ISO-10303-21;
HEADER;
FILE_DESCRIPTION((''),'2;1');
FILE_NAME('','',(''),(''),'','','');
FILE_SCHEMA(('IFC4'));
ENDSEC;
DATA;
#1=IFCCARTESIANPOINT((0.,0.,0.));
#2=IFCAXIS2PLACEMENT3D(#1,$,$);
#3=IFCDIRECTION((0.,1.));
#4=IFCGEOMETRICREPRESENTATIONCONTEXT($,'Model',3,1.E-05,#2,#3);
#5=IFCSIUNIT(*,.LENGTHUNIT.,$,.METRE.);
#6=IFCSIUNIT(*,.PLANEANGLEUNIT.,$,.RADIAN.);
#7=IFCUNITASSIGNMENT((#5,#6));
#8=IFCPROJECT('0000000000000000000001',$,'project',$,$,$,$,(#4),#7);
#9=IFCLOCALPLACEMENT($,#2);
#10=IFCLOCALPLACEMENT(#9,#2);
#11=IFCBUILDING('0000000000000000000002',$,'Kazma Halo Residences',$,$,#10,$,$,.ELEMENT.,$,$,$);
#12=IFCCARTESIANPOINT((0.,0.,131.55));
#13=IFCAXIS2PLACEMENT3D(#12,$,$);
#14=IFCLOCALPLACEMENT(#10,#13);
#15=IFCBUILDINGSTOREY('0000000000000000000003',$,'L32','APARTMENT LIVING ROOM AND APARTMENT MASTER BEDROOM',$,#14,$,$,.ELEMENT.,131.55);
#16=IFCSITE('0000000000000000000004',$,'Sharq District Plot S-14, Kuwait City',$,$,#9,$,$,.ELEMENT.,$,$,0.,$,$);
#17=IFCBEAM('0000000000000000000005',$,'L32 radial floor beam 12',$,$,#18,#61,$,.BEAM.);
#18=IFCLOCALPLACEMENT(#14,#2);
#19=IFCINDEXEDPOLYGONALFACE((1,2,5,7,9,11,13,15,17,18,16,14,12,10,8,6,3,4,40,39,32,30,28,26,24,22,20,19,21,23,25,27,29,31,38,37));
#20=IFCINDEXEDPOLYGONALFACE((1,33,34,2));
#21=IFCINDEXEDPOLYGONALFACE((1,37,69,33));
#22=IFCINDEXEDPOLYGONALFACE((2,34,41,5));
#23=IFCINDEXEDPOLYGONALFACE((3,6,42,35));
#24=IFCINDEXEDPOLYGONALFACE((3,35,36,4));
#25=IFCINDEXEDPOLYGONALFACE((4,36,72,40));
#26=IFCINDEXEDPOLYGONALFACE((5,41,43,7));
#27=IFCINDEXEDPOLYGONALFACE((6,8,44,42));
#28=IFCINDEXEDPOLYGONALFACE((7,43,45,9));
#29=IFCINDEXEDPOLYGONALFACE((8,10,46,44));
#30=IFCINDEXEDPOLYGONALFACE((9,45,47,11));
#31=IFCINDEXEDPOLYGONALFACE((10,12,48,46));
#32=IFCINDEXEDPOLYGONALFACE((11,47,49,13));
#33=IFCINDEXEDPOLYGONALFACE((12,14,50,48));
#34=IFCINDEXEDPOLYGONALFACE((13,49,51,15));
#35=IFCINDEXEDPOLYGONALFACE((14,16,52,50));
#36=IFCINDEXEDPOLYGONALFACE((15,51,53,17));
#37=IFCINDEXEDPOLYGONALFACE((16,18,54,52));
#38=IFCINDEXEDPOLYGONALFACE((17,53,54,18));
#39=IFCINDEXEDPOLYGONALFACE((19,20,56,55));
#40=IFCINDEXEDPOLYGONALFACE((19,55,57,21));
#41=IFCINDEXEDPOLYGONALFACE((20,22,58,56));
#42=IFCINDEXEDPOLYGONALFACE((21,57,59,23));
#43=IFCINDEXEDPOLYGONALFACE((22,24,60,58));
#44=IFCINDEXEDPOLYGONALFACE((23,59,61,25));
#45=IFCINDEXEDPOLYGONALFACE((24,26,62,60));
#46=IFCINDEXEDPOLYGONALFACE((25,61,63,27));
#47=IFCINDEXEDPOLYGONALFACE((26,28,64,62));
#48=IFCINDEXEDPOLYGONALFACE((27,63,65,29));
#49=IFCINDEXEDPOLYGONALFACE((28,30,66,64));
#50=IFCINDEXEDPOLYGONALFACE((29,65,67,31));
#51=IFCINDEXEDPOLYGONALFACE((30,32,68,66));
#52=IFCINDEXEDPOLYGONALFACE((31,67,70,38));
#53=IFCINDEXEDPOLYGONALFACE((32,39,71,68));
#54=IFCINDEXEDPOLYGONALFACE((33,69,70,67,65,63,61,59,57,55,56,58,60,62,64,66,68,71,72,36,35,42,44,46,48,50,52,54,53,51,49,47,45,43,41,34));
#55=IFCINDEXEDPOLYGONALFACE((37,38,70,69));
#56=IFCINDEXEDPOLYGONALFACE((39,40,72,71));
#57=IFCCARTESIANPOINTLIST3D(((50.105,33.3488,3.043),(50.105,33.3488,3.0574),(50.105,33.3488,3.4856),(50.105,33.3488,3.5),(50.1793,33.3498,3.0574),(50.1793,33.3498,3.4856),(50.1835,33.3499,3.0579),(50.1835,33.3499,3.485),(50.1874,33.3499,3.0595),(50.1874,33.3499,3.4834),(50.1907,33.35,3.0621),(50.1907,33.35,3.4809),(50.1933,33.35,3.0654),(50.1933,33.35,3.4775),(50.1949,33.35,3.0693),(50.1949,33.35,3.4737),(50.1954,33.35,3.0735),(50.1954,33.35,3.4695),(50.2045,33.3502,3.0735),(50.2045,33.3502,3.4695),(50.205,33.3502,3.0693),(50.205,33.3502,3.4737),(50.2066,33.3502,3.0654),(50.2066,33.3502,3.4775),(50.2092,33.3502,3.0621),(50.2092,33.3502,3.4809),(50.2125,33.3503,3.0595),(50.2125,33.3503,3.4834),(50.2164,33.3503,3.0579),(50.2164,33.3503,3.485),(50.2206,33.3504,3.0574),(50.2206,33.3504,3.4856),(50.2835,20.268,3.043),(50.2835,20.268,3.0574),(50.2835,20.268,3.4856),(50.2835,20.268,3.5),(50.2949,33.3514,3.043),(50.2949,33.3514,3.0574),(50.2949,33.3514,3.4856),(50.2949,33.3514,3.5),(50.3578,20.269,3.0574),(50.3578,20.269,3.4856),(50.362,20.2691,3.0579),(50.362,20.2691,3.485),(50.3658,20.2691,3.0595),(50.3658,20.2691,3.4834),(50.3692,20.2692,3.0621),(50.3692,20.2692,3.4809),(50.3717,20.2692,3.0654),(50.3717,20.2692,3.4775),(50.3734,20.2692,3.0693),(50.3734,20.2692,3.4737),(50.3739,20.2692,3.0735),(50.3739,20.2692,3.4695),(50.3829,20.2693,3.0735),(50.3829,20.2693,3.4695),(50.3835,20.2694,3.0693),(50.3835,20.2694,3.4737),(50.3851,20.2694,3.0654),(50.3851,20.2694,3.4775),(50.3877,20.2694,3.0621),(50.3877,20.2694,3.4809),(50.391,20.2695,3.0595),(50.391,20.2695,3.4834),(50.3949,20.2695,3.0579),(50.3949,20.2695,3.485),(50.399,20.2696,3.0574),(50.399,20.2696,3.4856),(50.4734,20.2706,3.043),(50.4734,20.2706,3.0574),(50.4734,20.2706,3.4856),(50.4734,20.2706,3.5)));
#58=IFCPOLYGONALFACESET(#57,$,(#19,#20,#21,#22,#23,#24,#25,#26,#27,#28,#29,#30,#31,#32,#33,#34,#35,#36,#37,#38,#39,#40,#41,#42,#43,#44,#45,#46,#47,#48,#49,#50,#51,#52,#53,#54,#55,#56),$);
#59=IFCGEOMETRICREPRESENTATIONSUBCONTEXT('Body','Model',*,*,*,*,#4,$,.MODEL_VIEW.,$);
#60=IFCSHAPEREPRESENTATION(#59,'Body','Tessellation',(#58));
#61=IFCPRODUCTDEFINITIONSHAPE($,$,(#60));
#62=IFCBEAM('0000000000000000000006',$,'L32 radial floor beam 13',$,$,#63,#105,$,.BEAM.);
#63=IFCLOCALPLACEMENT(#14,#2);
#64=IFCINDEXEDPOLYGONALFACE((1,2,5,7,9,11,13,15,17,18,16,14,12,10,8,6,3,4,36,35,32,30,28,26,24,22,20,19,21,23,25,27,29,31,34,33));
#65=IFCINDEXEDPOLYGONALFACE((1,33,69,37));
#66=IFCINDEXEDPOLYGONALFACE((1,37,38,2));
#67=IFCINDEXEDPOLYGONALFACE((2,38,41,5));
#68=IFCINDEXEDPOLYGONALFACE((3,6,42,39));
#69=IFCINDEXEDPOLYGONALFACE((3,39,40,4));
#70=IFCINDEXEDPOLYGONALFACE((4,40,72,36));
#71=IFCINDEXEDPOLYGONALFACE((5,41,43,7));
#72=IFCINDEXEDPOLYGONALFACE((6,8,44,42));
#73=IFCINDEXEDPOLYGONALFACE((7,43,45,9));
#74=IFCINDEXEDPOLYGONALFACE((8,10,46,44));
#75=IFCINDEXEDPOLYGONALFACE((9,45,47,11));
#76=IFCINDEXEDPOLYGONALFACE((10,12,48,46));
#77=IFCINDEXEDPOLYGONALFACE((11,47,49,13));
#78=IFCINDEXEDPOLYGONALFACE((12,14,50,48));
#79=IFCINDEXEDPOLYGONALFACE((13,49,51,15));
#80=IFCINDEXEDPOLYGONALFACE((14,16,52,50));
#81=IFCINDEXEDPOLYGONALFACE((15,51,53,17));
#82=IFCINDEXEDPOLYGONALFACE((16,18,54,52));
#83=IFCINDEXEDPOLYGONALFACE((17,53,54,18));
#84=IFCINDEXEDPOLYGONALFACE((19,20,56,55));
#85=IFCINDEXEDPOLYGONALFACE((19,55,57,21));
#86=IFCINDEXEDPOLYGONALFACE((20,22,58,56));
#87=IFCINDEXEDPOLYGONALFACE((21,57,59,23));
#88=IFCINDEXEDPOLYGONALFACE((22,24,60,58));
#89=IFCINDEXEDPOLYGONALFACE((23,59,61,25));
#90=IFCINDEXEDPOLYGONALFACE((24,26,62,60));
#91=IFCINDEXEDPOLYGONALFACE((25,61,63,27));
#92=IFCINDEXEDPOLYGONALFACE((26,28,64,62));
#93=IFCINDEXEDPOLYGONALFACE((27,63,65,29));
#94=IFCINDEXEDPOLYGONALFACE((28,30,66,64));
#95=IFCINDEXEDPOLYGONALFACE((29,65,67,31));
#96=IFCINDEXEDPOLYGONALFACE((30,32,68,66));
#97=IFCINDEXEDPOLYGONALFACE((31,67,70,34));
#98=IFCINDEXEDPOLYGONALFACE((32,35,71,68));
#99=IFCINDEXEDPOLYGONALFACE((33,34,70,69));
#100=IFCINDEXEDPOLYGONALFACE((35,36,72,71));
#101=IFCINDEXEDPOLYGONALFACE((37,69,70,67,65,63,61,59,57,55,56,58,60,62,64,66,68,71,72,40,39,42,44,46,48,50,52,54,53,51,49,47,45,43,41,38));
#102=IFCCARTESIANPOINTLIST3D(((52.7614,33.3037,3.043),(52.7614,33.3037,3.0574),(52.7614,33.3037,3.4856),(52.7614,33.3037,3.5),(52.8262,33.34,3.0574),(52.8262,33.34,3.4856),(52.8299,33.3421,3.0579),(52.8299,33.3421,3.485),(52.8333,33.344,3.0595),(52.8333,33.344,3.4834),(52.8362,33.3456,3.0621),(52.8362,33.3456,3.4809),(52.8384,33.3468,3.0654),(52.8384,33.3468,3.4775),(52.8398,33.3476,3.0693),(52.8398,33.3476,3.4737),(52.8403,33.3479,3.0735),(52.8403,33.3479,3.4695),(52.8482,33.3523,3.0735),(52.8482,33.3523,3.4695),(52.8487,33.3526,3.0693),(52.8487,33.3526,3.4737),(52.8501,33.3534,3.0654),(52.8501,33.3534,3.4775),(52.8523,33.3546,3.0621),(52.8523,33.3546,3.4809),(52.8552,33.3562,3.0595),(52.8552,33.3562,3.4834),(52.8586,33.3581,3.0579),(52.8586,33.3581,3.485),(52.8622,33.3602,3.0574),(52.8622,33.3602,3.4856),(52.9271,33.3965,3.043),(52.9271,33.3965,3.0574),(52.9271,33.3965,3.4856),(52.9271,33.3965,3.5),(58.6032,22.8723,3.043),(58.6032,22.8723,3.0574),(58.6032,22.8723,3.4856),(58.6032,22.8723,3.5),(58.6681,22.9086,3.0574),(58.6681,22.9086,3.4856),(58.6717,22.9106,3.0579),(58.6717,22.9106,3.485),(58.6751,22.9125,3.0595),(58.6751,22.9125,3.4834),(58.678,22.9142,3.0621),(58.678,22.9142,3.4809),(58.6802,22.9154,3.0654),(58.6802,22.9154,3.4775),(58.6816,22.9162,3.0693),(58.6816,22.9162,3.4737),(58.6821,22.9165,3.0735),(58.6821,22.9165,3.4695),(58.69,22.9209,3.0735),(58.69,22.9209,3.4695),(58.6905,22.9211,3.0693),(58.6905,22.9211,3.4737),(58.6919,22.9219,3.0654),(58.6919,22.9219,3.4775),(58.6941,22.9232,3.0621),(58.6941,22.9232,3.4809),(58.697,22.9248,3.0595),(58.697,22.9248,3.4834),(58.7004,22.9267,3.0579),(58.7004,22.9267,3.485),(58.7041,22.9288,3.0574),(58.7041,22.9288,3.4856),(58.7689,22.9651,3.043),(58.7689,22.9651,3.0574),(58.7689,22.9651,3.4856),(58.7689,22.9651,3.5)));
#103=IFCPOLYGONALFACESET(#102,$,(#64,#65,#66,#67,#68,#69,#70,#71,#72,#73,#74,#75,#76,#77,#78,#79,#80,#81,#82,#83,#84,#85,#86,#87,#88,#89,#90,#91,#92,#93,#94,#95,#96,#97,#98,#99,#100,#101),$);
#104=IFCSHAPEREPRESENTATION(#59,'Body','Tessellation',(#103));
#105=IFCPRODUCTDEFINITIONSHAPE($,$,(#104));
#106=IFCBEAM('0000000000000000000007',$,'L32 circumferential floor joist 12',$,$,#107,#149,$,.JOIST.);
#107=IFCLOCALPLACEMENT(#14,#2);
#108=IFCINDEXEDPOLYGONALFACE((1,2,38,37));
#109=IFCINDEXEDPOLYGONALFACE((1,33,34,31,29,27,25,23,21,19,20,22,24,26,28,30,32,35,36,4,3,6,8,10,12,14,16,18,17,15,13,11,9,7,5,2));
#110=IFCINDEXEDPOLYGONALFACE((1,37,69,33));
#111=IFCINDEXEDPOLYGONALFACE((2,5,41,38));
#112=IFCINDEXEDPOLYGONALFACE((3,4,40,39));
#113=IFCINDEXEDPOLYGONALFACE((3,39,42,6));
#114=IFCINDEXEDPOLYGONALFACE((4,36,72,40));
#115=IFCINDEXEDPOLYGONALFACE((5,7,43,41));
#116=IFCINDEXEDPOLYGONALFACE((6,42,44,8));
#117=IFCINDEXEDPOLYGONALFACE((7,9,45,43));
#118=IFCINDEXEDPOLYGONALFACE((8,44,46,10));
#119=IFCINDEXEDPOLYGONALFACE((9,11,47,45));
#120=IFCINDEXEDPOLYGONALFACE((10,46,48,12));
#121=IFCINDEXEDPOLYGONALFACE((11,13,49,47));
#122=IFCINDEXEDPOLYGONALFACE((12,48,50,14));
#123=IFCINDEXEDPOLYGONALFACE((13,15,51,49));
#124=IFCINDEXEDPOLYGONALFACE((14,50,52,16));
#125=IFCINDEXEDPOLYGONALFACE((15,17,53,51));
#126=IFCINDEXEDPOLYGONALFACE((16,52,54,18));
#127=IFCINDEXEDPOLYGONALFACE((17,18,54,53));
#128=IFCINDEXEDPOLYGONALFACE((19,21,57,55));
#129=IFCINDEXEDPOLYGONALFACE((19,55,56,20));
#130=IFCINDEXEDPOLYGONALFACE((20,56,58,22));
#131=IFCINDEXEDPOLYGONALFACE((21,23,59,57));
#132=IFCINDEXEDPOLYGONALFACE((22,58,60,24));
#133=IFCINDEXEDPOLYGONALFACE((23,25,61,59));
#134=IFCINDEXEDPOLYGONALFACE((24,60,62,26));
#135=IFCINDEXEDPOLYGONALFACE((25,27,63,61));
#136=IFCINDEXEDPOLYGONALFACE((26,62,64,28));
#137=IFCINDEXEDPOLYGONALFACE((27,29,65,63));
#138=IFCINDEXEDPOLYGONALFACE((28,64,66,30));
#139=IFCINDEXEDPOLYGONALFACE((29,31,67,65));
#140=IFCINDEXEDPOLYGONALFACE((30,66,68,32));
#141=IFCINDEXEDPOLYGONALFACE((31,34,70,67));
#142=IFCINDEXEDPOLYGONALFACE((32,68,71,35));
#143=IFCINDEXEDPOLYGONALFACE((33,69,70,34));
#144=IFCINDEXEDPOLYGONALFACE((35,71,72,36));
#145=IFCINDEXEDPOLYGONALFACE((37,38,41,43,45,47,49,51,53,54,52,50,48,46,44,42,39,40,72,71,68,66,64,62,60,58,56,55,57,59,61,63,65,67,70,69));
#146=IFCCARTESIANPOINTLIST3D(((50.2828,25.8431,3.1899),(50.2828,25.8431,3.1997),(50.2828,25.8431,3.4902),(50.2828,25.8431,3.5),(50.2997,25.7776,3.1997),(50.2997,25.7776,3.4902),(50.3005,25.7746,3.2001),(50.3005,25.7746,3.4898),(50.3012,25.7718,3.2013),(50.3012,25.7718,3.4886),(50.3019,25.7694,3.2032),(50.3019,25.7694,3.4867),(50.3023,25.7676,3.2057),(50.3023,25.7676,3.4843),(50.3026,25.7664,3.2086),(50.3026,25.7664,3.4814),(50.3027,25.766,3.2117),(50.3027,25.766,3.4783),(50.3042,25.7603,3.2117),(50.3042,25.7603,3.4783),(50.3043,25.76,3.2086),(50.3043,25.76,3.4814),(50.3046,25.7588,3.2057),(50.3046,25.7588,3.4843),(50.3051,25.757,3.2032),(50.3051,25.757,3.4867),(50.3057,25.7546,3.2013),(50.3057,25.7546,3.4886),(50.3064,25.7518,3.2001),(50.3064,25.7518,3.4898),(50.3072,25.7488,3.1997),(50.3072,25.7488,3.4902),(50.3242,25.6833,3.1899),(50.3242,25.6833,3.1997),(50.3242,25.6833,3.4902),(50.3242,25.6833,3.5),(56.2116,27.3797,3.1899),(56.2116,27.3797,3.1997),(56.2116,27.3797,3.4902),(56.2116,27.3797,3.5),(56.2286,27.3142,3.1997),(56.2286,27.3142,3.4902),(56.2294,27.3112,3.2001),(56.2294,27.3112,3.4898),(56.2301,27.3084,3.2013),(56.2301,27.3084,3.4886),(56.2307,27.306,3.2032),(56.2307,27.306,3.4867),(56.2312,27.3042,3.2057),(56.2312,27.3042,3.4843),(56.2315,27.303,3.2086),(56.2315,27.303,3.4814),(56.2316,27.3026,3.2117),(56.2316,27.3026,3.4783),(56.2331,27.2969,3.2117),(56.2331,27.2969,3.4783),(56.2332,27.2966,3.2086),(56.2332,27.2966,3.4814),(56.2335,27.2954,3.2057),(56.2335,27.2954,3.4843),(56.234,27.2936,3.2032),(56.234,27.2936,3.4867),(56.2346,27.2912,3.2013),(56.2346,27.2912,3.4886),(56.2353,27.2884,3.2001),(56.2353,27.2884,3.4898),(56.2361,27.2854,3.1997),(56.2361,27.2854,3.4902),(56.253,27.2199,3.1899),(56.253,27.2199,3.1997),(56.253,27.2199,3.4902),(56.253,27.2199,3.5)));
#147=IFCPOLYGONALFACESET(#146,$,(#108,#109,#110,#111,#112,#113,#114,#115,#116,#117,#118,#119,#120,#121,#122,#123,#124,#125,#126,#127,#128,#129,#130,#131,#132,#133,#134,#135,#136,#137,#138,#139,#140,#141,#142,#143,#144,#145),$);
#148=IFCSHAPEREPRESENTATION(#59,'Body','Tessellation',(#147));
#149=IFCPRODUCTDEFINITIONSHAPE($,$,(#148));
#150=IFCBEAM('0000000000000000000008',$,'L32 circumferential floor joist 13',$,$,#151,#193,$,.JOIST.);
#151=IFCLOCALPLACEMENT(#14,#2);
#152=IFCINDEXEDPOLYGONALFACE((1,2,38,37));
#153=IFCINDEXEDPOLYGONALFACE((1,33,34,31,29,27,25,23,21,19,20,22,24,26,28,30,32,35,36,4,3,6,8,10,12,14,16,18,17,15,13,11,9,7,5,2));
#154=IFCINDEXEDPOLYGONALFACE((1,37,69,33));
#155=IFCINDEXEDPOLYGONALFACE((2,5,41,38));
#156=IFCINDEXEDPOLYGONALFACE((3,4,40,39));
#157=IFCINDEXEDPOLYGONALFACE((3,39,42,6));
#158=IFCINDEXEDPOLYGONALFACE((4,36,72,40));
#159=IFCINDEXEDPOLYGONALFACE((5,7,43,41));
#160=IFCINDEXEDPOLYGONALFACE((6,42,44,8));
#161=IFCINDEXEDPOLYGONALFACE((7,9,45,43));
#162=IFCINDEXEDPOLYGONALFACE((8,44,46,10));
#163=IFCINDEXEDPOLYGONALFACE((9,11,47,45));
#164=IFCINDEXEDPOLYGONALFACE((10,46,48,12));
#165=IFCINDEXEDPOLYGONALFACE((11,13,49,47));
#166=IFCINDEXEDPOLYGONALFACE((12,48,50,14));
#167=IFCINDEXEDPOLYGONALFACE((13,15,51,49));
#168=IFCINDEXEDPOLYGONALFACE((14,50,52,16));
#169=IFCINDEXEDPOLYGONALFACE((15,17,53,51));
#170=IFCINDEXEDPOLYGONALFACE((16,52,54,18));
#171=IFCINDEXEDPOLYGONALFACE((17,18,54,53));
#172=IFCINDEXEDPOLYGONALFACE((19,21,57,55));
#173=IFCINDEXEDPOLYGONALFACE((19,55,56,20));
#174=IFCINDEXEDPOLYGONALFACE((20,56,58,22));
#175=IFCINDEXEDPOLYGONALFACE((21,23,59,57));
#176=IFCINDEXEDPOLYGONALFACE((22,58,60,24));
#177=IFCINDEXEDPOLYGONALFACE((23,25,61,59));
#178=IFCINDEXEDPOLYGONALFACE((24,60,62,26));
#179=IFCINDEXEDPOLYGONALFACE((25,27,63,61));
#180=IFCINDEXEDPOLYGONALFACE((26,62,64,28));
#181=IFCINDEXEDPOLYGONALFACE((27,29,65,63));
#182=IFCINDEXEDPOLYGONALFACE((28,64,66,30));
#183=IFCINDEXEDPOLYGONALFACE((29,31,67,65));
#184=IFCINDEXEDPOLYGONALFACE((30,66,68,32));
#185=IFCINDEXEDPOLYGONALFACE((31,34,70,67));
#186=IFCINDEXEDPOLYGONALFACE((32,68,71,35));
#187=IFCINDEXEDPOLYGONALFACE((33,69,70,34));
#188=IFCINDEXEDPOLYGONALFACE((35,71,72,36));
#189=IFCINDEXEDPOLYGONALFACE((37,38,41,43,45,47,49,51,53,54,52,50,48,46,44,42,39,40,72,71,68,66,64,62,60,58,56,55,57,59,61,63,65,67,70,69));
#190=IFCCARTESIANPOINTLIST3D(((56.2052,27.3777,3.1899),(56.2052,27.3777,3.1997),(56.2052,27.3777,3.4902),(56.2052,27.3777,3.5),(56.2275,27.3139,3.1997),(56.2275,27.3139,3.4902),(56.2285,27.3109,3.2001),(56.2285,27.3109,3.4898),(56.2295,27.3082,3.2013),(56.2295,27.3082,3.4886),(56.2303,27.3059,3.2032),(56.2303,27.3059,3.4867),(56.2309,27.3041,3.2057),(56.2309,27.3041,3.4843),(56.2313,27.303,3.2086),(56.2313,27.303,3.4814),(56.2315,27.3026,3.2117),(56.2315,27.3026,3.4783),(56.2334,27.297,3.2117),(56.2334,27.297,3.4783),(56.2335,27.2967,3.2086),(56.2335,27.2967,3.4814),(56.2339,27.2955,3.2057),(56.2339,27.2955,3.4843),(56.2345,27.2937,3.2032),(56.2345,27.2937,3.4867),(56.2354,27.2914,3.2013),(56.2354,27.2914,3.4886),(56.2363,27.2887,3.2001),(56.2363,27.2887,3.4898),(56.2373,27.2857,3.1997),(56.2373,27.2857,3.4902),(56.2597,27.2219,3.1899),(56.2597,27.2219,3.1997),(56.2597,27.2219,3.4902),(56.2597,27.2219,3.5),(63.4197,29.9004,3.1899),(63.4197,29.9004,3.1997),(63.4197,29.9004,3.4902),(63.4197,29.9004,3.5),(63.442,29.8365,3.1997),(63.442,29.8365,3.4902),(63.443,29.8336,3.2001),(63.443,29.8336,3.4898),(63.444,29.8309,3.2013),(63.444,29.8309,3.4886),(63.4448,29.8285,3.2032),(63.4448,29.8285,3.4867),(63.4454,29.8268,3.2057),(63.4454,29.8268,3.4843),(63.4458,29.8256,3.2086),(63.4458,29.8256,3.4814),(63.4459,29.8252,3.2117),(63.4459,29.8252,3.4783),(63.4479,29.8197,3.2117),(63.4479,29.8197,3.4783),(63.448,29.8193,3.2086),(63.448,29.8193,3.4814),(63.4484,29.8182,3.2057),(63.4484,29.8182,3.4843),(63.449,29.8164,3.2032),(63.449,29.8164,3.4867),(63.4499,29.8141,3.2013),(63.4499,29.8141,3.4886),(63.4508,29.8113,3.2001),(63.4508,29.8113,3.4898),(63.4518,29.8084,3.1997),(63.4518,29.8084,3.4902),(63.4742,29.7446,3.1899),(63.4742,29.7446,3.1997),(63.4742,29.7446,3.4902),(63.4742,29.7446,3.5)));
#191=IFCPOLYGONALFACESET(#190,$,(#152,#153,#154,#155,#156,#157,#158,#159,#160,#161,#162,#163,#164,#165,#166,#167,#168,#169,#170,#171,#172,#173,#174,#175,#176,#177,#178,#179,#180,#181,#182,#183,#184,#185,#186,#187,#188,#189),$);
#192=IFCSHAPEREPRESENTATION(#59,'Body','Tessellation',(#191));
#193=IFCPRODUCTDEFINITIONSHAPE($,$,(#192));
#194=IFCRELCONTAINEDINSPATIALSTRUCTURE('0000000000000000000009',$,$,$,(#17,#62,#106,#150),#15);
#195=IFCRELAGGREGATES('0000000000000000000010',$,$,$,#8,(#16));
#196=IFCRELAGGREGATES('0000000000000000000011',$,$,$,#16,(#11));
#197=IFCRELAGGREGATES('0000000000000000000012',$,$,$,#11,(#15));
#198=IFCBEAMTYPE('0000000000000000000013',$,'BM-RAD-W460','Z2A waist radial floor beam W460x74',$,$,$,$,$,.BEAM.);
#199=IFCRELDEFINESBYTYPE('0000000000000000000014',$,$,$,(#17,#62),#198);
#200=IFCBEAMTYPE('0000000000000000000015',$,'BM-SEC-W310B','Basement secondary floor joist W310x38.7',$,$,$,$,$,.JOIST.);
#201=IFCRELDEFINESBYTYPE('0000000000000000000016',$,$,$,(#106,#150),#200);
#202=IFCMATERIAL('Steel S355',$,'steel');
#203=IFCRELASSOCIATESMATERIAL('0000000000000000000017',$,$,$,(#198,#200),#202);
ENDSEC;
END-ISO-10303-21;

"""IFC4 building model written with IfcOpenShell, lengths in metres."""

from ifc_helpers import new_model, si_unit, direction, frame, origin, origin_2d, place, context, subcontext, project, spatial, i_section, extrude, material, material_profile, profile_set, type_object, element, save


model = new_model("IFC4")

# Units and contexts
model_context = context("Model", 3, precision=1e-05, world=origin(), true_north=direction((0.0, 1.0)))
body_context = subcontext(model_context, "Body", "Model", "MODEL_VIEW")
ifc_project = project(units=[si_unit("LENGTHUNIT", "METRE"), si_unit("PLANEANGLEUNIT", "RADIAN")], contexts=[model_context])

# Site, building, storey
site_placement = place(None, origin())
site = spatial("IfcSite", under=ifc_project, at=site_placement, Name="Sharq District Plot S-14, Kuwait City", CompositionType="ELEMENT", RefElevation=0.0)
building_placement = place(site_placement, origin())
building = spatial("IfcBuilding", under=site, at=building_placement, Name="Kazma Halo Residences", CompositionType="ELEMENT")
storey_placement = place(building_placement, frame((0.0, 0.0, 131.55)))
storey = spatial("IfcBuildingStorey", under=building, at=storey_placement, Name="L32", Description="APARTMENT LIVING ROOM AND APARTMENT MASTER BEDROOM", CompositionType="ELEMENT", Elevation=131.55)

# Beams
ifc_material_1 = material(Name="Steel S355", Category="steel")
ifc_material_profile_1 = material_profile(ifc_material_1, i_section(OverallWidth=0.1899, OverallDepth=0.457, WebThickness=0.009, FlangeThickness=0.0144, FilletRadius=0.0161, at=origin_2d()), Name="W460x74")
ifc_profile_set_1 = profile_set([ifc_material_profile_1], Name="Steel S355")
beam_type_1 = type_object("IfcBeamType", Name="BM-RAD-W460", Description="Z2A waist radial floor beam W460x74", PredefinedType="BEAM", material=ifc_profile_set_1)
beam_1_placement = place(storey_placement, frame((50.2, 33.3501, 3.2715), z_axis=(0.013642, -0.999907, 0.0), x_axis=(0.999907, 0.013642, 0.0)))
element("IfcBeam", 1, at=beam_1_placement, inside=storey, type_object=beam_type_1, Name="L32 radial floor beam 12", PredefinedType="BEAM", context=body_context, shape_type="SweptSolid", body=[
    extrude(i_section(OverallWidth=0.1899, OverallDepth=0.457, WebThickness=0.009, FlangeThickness=0.0144, FilletRadius=0.0161, at=origin_2d()), origin(), (0.0, 0.0, 1.0), 13.082),
])
beam_2_placement = place(storey_placement, frame((52.8442, 33.3501, 3.2715), z_axis=(0.488617, -0.872498, 0.0), x_axis=(0.872498, 0.488617, 0.0)))
element("IfcBeam", 2, at=beam_2_placement, inside=storey, type_object=beam_type_1, Name="L32 radial floor beam 13", PredefinedType="BEAM", context=body_context, shape_type="SweptSolid", body=[
    extrude(i_section(OverallWidth=0.1899, OverallDepth=0.457, WebThickness=0.009, FlangeThickness=0.0144, FilletRadius=0.0161, at=origin_2d()), origin(), (0.0, 0.0, 1.0), 11.9558),
])
ifc_material_profile_2 = material_profile(ifc_material_1, i_section(OverallWidth=0.165, OverallDepth=0.3101, WebThickness=0.0059, FlangeThickness=0.0098, FilletRadius=0.012, at=origin_2d()), Name="W310x38.7")
ifc_profile_set_2 = profile_set([ifc_material_profile_2], Name="Steel S355")
beam_type_2 = type_object("IfcBeamType", Name="BM-SEC-W310B", Description="Basement secondary floor joist W310x38.7", PredefinedType="JOIST", material=ifc_profile_set_2)
beam_3_placement = place(storey_placement, frame((50.3035, 25.7632, 3.345), z_axis=(0.968017, 0.250883, 0.0), x_axis=(-0.250883, 0.968017, 0.0)))
element("IfcBeam", 3, at=beam_3_placement, inside=storey, type_object=beam_type_2, Name="L32 circumferential floor joist 12", PredefinedType="JOIST", context=body_context, shape_type="SweptSolid", body=[
    extrude(i_section(OverallWidth=0.165, OverallDepth=0.3101, WebThickness=0.0059, FlangeThickness=0.0098, FilletRadius=0.012, at=origin_2d()), origin(), (0.0, 0.0, 1.0), 6.1248),
])
beam_4_placement = place(storey_placement, frame((56.2324, 27.2998, 3.345), z_axis=(0.943956, 0.33007, 0.0), x_axis=(-0.33007, 0.943956, 0.0)))
element("IfcBeam", 4, at=beam_4_placement, inside=storey, type_object=beam_type_2, Name="L32 circumferential floor joist 13", PredefinedType="JOIST", context=body_context, shape_type="SweptSolid", body=[
    extrude(i_section(OverallWidth=0.165, OverallDepth=0.3101, WebThickness=0.0059, FlangeThickness=0.0098, FilletRadius=0.012, at=origin_2d()), origin(), (0.0, 0.0, 1.0), 7.6428),
])

save(model, "model.ifc")
